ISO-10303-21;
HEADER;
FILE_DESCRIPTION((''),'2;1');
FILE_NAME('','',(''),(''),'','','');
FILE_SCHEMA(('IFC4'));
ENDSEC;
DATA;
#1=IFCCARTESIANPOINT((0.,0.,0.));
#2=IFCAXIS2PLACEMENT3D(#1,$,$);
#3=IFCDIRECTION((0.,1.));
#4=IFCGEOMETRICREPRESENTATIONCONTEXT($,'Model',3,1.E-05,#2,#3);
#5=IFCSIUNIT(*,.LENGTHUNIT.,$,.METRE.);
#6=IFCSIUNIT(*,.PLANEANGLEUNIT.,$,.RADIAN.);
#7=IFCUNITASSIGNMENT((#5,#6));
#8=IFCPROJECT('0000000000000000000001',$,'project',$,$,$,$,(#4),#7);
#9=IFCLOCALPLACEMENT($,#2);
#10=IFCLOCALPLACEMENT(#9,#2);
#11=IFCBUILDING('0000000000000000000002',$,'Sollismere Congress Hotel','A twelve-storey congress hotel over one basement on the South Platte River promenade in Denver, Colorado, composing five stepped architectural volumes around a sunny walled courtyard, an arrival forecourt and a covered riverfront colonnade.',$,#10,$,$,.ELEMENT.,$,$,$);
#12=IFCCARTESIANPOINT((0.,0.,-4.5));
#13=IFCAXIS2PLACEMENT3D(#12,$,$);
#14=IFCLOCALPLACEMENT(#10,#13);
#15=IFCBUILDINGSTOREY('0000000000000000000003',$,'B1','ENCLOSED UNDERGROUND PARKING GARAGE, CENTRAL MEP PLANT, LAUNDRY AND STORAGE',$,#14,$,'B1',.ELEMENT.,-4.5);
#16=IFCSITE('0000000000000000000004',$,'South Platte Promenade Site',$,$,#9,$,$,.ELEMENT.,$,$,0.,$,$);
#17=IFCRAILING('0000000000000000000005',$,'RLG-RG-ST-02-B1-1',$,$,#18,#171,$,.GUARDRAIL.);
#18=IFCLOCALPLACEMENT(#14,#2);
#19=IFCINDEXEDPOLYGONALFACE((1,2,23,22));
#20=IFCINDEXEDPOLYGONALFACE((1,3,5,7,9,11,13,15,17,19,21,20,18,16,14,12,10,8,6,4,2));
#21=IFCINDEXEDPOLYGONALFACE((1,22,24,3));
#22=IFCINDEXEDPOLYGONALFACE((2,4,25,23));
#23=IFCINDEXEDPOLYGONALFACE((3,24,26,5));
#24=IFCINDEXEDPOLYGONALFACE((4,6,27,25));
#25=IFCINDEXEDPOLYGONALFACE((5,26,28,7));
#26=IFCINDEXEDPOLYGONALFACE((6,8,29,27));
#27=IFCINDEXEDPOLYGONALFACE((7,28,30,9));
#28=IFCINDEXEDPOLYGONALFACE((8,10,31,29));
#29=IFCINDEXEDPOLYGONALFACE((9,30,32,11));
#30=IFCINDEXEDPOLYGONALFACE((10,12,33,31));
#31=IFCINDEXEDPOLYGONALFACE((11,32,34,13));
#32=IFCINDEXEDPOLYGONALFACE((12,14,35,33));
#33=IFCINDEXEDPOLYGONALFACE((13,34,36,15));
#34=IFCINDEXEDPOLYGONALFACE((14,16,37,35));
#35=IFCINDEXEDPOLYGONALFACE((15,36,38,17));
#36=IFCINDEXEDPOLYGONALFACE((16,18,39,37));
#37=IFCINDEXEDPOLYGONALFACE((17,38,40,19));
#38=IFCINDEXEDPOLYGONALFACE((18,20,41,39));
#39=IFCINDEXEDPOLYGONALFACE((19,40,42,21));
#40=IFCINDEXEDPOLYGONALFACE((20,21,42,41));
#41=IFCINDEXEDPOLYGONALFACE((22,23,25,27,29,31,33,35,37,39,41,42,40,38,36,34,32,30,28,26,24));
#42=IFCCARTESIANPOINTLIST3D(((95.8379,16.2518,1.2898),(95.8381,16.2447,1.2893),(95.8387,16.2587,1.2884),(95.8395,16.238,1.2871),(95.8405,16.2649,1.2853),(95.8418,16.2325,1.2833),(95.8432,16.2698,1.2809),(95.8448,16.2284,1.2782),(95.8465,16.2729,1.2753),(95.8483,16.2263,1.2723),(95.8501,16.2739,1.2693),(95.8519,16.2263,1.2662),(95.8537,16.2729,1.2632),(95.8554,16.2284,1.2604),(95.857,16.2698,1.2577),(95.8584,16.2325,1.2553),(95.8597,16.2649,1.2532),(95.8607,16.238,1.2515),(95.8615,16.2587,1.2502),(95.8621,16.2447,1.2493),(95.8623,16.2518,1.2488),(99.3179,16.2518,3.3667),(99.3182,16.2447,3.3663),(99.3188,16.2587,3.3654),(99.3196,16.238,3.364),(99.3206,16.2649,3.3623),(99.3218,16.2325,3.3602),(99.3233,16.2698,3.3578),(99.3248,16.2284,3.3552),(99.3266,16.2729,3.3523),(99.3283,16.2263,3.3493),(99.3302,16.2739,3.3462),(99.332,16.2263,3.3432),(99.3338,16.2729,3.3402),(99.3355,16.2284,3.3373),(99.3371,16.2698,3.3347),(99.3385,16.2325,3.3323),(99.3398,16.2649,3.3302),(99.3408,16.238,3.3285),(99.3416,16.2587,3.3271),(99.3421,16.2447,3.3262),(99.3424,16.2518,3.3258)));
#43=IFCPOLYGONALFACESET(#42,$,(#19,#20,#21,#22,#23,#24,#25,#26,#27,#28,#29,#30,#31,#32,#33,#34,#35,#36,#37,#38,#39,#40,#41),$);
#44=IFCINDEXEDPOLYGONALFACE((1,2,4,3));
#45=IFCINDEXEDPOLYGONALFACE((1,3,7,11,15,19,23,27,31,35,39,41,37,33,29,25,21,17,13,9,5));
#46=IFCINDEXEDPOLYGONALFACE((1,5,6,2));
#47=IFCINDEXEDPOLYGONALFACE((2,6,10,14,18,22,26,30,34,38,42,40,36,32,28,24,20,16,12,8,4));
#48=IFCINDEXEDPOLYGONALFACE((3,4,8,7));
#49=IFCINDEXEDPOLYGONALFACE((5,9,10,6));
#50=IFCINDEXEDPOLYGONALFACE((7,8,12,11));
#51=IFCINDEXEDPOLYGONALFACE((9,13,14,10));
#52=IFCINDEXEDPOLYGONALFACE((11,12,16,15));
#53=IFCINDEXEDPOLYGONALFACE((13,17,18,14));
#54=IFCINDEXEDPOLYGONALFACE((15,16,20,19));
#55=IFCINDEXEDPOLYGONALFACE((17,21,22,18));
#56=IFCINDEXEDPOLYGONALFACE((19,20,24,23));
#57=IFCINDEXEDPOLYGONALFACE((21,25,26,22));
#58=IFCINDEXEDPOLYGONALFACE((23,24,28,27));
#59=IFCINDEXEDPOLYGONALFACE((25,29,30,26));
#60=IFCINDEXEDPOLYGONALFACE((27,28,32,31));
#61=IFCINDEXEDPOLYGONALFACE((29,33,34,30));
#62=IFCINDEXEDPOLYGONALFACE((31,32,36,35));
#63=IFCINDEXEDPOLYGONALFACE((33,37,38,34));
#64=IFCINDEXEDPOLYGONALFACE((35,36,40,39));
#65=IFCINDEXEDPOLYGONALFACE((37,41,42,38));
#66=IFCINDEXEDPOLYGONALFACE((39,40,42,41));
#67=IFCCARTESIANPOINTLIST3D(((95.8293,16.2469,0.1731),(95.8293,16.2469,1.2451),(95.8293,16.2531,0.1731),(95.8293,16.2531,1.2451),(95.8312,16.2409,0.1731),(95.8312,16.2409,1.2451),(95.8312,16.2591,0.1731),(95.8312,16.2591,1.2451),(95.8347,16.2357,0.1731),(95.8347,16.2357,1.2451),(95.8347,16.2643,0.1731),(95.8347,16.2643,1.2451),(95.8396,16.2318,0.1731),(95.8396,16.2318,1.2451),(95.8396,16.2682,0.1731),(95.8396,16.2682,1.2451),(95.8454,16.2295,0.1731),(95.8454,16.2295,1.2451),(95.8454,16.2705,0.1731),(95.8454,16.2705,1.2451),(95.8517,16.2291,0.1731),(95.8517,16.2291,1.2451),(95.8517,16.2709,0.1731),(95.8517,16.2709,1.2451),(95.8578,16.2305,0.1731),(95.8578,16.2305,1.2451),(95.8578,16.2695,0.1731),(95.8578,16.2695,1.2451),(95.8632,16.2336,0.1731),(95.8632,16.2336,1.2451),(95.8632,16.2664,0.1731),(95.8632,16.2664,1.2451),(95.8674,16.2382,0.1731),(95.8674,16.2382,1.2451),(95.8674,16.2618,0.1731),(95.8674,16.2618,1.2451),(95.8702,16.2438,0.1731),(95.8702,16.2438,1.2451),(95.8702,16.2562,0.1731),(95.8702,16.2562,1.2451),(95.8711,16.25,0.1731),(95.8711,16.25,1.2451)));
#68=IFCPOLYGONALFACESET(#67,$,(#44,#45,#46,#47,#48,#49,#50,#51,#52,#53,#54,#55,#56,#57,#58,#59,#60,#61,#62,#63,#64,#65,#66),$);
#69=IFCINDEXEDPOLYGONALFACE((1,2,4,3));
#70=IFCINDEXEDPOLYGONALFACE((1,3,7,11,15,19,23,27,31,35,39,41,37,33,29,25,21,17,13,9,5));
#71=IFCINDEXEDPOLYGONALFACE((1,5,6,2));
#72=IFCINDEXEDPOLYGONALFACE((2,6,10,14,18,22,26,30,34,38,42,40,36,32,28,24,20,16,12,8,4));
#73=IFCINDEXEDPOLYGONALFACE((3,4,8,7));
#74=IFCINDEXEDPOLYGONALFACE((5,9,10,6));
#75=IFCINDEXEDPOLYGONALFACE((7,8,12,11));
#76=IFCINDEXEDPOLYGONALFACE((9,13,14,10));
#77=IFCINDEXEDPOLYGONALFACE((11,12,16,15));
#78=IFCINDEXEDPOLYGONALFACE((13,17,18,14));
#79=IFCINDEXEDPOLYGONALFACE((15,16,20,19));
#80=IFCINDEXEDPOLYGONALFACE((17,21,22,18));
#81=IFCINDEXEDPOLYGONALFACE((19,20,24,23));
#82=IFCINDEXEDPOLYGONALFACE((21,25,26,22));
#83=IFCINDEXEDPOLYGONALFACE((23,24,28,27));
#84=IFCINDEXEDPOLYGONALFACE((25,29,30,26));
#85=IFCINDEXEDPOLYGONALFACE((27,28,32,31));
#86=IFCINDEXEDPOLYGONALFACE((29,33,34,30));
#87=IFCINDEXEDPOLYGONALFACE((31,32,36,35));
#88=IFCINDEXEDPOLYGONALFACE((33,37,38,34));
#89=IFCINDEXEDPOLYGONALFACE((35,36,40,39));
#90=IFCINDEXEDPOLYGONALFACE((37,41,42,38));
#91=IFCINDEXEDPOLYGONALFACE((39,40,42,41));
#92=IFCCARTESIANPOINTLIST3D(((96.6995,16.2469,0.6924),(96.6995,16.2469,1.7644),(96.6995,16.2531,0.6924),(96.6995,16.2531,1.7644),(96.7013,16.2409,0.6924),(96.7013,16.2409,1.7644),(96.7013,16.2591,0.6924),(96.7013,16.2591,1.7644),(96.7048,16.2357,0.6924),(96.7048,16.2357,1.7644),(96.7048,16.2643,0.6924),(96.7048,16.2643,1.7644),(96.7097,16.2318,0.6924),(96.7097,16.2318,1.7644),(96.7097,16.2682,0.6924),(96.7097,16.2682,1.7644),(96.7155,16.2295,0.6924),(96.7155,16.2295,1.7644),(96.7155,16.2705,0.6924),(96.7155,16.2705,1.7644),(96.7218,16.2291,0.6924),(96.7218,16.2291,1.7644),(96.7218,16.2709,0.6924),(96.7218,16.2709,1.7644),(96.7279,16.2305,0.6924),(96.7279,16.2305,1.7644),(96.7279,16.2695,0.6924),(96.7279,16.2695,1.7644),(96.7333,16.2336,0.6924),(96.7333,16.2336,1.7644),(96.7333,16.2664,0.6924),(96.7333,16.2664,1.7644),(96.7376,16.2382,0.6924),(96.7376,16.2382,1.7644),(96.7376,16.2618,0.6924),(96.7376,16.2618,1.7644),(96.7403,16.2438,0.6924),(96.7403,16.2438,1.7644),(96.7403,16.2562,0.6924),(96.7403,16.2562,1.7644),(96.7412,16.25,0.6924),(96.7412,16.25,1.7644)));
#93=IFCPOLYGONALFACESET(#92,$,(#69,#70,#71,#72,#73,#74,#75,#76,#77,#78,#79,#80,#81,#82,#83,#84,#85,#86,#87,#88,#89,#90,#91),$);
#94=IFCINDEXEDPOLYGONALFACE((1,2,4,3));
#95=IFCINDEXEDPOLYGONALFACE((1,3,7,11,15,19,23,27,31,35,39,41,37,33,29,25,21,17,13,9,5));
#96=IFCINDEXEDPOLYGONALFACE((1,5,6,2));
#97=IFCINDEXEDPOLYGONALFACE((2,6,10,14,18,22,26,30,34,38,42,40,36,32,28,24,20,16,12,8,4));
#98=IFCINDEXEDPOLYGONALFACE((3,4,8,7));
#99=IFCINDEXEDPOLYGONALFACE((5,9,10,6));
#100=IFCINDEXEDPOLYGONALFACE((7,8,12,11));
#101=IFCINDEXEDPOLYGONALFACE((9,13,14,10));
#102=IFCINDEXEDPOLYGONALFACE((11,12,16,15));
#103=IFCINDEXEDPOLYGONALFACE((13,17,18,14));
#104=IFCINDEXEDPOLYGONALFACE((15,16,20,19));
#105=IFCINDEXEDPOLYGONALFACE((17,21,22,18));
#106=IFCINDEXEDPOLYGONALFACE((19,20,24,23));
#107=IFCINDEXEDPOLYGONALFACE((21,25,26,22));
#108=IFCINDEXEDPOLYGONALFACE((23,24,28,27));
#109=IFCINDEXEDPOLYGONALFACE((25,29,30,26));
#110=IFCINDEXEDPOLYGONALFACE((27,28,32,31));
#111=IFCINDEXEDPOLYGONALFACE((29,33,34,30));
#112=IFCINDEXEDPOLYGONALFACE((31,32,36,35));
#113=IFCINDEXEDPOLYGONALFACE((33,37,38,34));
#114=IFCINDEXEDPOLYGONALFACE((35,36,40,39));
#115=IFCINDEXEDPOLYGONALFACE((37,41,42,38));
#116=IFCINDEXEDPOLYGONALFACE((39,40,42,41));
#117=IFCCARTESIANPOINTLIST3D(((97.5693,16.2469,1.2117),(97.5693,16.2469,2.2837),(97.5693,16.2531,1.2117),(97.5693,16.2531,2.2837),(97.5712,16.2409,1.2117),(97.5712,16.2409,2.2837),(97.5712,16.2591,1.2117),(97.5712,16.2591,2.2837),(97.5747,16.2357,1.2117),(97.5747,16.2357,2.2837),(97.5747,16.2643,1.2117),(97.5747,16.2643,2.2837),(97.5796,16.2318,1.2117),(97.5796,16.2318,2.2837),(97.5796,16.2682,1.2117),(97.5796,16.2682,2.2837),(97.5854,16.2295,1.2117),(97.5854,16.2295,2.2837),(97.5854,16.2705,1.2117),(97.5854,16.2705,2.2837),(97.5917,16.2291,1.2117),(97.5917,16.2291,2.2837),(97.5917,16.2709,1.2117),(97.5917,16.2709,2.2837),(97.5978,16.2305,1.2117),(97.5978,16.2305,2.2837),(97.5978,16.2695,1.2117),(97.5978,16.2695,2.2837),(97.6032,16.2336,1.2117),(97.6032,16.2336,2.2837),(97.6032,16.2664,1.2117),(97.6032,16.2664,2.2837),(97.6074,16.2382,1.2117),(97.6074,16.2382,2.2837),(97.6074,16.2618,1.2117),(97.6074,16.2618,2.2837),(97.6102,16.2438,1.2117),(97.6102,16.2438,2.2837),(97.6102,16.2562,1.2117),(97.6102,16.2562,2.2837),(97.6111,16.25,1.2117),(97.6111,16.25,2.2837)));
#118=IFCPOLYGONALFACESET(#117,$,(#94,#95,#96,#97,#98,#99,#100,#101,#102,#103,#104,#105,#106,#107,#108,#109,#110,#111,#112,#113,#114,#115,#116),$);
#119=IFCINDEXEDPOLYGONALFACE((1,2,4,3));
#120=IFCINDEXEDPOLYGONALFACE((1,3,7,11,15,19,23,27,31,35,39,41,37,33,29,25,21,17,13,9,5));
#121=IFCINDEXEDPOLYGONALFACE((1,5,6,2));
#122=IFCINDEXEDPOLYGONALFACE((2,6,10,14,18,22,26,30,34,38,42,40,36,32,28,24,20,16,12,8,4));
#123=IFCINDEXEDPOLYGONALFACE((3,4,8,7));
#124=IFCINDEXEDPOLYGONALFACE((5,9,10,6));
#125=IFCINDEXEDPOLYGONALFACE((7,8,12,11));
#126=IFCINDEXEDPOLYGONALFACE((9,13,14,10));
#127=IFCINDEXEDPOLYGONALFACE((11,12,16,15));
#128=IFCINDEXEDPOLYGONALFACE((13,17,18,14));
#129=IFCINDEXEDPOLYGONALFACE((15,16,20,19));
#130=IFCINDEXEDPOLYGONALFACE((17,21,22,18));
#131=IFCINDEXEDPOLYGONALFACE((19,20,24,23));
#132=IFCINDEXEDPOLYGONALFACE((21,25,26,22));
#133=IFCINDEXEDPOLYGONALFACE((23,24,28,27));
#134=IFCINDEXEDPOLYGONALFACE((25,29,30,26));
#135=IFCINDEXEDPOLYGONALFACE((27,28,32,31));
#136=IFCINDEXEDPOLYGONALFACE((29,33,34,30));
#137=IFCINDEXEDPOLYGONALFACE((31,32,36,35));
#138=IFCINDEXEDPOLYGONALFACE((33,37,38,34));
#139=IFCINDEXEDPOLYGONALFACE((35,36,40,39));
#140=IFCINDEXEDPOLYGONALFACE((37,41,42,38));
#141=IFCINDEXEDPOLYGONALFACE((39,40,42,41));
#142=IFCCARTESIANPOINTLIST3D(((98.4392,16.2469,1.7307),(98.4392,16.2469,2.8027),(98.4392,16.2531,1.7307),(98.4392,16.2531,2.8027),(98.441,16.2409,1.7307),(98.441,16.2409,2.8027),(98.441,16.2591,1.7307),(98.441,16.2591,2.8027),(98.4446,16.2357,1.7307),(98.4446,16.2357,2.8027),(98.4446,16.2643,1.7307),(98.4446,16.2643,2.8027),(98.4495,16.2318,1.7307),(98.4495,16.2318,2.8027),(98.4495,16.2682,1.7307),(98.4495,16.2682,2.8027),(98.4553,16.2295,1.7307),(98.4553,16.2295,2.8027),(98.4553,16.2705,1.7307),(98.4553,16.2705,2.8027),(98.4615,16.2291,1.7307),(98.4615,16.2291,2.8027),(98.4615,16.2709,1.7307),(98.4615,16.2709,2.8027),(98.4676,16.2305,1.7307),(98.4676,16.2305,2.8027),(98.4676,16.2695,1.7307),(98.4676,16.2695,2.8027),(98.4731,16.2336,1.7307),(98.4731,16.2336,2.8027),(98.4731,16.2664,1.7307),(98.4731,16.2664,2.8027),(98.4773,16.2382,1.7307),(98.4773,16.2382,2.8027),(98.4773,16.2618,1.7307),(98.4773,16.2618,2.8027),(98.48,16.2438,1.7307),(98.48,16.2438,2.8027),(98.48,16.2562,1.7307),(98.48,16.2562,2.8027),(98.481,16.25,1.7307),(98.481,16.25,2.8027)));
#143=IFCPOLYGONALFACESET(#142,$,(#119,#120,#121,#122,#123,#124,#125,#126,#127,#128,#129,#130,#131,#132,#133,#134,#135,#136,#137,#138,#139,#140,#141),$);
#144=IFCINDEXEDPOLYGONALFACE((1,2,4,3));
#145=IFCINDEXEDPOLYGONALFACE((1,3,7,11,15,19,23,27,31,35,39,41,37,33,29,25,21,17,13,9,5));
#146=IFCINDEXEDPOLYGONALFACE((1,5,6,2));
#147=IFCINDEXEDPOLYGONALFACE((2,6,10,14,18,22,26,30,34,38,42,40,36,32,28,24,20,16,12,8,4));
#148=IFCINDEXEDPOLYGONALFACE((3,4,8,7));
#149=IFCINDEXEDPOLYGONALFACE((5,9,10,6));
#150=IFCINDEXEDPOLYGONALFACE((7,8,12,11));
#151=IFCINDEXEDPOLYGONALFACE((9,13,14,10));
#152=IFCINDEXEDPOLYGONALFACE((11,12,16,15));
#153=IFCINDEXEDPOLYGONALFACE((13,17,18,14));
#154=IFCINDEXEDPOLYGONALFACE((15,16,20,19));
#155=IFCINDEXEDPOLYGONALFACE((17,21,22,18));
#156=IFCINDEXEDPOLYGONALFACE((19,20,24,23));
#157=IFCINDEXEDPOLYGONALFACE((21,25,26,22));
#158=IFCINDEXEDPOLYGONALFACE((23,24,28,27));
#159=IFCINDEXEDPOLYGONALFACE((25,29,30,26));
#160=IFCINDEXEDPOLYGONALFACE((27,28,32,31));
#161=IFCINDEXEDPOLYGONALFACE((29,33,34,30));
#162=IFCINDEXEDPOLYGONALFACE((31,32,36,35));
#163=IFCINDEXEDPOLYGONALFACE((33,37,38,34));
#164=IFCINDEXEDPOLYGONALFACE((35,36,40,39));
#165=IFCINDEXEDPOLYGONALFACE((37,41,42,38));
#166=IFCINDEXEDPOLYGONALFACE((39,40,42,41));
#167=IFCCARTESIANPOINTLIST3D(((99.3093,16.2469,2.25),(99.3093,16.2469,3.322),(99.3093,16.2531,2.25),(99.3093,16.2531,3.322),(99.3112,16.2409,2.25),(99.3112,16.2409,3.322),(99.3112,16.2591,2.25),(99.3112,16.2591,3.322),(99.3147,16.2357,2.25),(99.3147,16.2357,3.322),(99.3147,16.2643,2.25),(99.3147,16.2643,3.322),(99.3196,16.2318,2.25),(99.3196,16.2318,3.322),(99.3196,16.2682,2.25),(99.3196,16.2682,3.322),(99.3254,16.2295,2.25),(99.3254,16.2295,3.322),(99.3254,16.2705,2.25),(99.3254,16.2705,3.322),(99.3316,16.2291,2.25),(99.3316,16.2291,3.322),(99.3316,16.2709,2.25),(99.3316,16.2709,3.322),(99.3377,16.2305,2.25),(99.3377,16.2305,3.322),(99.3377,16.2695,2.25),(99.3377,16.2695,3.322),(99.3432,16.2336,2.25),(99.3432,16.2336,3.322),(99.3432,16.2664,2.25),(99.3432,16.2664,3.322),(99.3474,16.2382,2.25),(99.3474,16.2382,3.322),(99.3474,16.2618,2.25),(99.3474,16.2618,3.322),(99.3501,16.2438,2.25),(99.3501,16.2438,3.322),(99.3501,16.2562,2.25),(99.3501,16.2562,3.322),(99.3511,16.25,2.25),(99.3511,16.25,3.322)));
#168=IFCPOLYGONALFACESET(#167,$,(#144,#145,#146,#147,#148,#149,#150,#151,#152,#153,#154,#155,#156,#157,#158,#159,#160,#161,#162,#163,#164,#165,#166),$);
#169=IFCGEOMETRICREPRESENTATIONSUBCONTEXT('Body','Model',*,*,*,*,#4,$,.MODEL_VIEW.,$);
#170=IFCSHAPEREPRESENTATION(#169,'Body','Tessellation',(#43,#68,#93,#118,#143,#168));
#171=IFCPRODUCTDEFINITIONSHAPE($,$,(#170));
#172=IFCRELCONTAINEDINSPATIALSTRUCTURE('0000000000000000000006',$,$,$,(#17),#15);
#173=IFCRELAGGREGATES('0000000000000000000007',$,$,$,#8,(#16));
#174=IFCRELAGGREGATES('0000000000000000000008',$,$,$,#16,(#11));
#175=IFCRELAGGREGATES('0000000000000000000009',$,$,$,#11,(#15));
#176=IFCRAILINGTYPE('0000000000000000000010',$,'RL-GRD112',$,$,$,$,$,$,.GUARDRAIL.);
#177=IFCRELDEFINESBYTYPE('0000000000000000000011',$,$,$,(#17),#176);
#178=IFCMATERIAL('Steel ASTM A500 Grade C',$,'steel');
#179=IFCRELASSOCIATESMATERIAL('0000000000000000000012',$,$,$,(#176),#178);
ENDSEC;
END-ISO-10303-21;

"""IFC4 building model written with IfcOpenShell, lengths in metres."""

from ifc_helpers import new_model, si_unit, direction, frame, origin, origin_2d, place, context, subcontext, project, spatial, circle, extrude, material, type_object, element, save


model = new_model("IFC4")

# Units and contexts
model_context = context("Model", 3, precision=1e-05, world=origin(), true_north=direction((0.0, 1.0)))
body_context = subcontext(model_context, "Body", "Model", "MODEL_VIEW")
ifc_project = project(units=[si_unit("LENGTHUNIT", "METRE"), si_unit("PLANEANGLEUNIT", "RADIAN")], contexts=[model_context])

# Site, building, storey
site_placement = place(None, origin())
site = spatial("IfcSite", under=ifc_project, at=site_placement, Name="South Platte Promenade Site", CompositionType="ELEMENT", RefElevation=0.0)
building_placement = place(site_placement, origin())
building = spatial("IfcBuilding", under=site, at=building_placement, Name="Sollismere Congress Hotel", Description="A twelve-storey congress hotel over one basement on the South Platte River promenade in Denver, Colorado, composing five stepped architectural volumes around a sunny walled courtyard, an arrival forecourt and a covered riverfront colonnade.", CompositionType="ELEMENT")
storey_placement = place(building_placement, frame((0.0, 0.0, -4.5)))
storey = spatial("IfcBuildingStorey", under=building, at=storey_placement, Name="B1", Description="ENCLOSED UNDERGROUND PARKING GARAGE, CENTRAL MEP PLANT, LAUNDRY AND STORAGE", LongName="B1", CompositionType="ELEMENT", Elevation=-4.5)

# Railing
ifc_material_1 = material(Name="Steel ASTM A500 Grade C", Category="steel")
railing_type_1 = type_object("IfcRailingType", Name="RL-GRD112", PredefinedType="GUARDRAIL", material=ifc_material_1)
railing_1_placement = place(storey_placement, frame((95.8501, 16.25, 0.1731)))
element("IfcRailing", 1, at=railing_1_placement, inside=storey, type_object=railing_type_1, Name="RLG-RG-ST-02-B1-1", PredefinedType="GUARDRAIL", context=body_context, shape_type="SweptSolid", body=[
    extrude(circle(Radius=0.0239, at=origin_2d()), frame((0.0, 0.0, 1.0962), z_axis=(0.858697, 0.0, 0.512483), x_axis=(0.0, 1.0, 0.0)), (0.0, 0.0, 1.0), 4.0527),
    extrude(circle(Radius=0.021, at=origin_2d()), origin(), (0.0, 0.0, 1.0), 1.072),
    extrude(circle(Radius=0.021, at=origin_2d()), frame((0.8701, 0.0, 0.5193)), (0.0, 0.0, 1.0), 1.072),
    extrude(circle(Radius=0.021, at=origin_2d()), frame((1.74, 0.0, 1.0386)), (0.0, 0.0, 1.0), 1.072),
    extrude(circle(Radius=0.021, at=origin_2d()), frame((2.6099, 0.0, 1.5576)), (0.0, 0.0, 1.0), 1.072),
    extrude(circle(Radius=0.021, at=origin_2d()), frame((3.48, 0.0, 2.0769)), (0.0, 0.0, 1.0), 1.072),
])

save(model, "model.ifc")
